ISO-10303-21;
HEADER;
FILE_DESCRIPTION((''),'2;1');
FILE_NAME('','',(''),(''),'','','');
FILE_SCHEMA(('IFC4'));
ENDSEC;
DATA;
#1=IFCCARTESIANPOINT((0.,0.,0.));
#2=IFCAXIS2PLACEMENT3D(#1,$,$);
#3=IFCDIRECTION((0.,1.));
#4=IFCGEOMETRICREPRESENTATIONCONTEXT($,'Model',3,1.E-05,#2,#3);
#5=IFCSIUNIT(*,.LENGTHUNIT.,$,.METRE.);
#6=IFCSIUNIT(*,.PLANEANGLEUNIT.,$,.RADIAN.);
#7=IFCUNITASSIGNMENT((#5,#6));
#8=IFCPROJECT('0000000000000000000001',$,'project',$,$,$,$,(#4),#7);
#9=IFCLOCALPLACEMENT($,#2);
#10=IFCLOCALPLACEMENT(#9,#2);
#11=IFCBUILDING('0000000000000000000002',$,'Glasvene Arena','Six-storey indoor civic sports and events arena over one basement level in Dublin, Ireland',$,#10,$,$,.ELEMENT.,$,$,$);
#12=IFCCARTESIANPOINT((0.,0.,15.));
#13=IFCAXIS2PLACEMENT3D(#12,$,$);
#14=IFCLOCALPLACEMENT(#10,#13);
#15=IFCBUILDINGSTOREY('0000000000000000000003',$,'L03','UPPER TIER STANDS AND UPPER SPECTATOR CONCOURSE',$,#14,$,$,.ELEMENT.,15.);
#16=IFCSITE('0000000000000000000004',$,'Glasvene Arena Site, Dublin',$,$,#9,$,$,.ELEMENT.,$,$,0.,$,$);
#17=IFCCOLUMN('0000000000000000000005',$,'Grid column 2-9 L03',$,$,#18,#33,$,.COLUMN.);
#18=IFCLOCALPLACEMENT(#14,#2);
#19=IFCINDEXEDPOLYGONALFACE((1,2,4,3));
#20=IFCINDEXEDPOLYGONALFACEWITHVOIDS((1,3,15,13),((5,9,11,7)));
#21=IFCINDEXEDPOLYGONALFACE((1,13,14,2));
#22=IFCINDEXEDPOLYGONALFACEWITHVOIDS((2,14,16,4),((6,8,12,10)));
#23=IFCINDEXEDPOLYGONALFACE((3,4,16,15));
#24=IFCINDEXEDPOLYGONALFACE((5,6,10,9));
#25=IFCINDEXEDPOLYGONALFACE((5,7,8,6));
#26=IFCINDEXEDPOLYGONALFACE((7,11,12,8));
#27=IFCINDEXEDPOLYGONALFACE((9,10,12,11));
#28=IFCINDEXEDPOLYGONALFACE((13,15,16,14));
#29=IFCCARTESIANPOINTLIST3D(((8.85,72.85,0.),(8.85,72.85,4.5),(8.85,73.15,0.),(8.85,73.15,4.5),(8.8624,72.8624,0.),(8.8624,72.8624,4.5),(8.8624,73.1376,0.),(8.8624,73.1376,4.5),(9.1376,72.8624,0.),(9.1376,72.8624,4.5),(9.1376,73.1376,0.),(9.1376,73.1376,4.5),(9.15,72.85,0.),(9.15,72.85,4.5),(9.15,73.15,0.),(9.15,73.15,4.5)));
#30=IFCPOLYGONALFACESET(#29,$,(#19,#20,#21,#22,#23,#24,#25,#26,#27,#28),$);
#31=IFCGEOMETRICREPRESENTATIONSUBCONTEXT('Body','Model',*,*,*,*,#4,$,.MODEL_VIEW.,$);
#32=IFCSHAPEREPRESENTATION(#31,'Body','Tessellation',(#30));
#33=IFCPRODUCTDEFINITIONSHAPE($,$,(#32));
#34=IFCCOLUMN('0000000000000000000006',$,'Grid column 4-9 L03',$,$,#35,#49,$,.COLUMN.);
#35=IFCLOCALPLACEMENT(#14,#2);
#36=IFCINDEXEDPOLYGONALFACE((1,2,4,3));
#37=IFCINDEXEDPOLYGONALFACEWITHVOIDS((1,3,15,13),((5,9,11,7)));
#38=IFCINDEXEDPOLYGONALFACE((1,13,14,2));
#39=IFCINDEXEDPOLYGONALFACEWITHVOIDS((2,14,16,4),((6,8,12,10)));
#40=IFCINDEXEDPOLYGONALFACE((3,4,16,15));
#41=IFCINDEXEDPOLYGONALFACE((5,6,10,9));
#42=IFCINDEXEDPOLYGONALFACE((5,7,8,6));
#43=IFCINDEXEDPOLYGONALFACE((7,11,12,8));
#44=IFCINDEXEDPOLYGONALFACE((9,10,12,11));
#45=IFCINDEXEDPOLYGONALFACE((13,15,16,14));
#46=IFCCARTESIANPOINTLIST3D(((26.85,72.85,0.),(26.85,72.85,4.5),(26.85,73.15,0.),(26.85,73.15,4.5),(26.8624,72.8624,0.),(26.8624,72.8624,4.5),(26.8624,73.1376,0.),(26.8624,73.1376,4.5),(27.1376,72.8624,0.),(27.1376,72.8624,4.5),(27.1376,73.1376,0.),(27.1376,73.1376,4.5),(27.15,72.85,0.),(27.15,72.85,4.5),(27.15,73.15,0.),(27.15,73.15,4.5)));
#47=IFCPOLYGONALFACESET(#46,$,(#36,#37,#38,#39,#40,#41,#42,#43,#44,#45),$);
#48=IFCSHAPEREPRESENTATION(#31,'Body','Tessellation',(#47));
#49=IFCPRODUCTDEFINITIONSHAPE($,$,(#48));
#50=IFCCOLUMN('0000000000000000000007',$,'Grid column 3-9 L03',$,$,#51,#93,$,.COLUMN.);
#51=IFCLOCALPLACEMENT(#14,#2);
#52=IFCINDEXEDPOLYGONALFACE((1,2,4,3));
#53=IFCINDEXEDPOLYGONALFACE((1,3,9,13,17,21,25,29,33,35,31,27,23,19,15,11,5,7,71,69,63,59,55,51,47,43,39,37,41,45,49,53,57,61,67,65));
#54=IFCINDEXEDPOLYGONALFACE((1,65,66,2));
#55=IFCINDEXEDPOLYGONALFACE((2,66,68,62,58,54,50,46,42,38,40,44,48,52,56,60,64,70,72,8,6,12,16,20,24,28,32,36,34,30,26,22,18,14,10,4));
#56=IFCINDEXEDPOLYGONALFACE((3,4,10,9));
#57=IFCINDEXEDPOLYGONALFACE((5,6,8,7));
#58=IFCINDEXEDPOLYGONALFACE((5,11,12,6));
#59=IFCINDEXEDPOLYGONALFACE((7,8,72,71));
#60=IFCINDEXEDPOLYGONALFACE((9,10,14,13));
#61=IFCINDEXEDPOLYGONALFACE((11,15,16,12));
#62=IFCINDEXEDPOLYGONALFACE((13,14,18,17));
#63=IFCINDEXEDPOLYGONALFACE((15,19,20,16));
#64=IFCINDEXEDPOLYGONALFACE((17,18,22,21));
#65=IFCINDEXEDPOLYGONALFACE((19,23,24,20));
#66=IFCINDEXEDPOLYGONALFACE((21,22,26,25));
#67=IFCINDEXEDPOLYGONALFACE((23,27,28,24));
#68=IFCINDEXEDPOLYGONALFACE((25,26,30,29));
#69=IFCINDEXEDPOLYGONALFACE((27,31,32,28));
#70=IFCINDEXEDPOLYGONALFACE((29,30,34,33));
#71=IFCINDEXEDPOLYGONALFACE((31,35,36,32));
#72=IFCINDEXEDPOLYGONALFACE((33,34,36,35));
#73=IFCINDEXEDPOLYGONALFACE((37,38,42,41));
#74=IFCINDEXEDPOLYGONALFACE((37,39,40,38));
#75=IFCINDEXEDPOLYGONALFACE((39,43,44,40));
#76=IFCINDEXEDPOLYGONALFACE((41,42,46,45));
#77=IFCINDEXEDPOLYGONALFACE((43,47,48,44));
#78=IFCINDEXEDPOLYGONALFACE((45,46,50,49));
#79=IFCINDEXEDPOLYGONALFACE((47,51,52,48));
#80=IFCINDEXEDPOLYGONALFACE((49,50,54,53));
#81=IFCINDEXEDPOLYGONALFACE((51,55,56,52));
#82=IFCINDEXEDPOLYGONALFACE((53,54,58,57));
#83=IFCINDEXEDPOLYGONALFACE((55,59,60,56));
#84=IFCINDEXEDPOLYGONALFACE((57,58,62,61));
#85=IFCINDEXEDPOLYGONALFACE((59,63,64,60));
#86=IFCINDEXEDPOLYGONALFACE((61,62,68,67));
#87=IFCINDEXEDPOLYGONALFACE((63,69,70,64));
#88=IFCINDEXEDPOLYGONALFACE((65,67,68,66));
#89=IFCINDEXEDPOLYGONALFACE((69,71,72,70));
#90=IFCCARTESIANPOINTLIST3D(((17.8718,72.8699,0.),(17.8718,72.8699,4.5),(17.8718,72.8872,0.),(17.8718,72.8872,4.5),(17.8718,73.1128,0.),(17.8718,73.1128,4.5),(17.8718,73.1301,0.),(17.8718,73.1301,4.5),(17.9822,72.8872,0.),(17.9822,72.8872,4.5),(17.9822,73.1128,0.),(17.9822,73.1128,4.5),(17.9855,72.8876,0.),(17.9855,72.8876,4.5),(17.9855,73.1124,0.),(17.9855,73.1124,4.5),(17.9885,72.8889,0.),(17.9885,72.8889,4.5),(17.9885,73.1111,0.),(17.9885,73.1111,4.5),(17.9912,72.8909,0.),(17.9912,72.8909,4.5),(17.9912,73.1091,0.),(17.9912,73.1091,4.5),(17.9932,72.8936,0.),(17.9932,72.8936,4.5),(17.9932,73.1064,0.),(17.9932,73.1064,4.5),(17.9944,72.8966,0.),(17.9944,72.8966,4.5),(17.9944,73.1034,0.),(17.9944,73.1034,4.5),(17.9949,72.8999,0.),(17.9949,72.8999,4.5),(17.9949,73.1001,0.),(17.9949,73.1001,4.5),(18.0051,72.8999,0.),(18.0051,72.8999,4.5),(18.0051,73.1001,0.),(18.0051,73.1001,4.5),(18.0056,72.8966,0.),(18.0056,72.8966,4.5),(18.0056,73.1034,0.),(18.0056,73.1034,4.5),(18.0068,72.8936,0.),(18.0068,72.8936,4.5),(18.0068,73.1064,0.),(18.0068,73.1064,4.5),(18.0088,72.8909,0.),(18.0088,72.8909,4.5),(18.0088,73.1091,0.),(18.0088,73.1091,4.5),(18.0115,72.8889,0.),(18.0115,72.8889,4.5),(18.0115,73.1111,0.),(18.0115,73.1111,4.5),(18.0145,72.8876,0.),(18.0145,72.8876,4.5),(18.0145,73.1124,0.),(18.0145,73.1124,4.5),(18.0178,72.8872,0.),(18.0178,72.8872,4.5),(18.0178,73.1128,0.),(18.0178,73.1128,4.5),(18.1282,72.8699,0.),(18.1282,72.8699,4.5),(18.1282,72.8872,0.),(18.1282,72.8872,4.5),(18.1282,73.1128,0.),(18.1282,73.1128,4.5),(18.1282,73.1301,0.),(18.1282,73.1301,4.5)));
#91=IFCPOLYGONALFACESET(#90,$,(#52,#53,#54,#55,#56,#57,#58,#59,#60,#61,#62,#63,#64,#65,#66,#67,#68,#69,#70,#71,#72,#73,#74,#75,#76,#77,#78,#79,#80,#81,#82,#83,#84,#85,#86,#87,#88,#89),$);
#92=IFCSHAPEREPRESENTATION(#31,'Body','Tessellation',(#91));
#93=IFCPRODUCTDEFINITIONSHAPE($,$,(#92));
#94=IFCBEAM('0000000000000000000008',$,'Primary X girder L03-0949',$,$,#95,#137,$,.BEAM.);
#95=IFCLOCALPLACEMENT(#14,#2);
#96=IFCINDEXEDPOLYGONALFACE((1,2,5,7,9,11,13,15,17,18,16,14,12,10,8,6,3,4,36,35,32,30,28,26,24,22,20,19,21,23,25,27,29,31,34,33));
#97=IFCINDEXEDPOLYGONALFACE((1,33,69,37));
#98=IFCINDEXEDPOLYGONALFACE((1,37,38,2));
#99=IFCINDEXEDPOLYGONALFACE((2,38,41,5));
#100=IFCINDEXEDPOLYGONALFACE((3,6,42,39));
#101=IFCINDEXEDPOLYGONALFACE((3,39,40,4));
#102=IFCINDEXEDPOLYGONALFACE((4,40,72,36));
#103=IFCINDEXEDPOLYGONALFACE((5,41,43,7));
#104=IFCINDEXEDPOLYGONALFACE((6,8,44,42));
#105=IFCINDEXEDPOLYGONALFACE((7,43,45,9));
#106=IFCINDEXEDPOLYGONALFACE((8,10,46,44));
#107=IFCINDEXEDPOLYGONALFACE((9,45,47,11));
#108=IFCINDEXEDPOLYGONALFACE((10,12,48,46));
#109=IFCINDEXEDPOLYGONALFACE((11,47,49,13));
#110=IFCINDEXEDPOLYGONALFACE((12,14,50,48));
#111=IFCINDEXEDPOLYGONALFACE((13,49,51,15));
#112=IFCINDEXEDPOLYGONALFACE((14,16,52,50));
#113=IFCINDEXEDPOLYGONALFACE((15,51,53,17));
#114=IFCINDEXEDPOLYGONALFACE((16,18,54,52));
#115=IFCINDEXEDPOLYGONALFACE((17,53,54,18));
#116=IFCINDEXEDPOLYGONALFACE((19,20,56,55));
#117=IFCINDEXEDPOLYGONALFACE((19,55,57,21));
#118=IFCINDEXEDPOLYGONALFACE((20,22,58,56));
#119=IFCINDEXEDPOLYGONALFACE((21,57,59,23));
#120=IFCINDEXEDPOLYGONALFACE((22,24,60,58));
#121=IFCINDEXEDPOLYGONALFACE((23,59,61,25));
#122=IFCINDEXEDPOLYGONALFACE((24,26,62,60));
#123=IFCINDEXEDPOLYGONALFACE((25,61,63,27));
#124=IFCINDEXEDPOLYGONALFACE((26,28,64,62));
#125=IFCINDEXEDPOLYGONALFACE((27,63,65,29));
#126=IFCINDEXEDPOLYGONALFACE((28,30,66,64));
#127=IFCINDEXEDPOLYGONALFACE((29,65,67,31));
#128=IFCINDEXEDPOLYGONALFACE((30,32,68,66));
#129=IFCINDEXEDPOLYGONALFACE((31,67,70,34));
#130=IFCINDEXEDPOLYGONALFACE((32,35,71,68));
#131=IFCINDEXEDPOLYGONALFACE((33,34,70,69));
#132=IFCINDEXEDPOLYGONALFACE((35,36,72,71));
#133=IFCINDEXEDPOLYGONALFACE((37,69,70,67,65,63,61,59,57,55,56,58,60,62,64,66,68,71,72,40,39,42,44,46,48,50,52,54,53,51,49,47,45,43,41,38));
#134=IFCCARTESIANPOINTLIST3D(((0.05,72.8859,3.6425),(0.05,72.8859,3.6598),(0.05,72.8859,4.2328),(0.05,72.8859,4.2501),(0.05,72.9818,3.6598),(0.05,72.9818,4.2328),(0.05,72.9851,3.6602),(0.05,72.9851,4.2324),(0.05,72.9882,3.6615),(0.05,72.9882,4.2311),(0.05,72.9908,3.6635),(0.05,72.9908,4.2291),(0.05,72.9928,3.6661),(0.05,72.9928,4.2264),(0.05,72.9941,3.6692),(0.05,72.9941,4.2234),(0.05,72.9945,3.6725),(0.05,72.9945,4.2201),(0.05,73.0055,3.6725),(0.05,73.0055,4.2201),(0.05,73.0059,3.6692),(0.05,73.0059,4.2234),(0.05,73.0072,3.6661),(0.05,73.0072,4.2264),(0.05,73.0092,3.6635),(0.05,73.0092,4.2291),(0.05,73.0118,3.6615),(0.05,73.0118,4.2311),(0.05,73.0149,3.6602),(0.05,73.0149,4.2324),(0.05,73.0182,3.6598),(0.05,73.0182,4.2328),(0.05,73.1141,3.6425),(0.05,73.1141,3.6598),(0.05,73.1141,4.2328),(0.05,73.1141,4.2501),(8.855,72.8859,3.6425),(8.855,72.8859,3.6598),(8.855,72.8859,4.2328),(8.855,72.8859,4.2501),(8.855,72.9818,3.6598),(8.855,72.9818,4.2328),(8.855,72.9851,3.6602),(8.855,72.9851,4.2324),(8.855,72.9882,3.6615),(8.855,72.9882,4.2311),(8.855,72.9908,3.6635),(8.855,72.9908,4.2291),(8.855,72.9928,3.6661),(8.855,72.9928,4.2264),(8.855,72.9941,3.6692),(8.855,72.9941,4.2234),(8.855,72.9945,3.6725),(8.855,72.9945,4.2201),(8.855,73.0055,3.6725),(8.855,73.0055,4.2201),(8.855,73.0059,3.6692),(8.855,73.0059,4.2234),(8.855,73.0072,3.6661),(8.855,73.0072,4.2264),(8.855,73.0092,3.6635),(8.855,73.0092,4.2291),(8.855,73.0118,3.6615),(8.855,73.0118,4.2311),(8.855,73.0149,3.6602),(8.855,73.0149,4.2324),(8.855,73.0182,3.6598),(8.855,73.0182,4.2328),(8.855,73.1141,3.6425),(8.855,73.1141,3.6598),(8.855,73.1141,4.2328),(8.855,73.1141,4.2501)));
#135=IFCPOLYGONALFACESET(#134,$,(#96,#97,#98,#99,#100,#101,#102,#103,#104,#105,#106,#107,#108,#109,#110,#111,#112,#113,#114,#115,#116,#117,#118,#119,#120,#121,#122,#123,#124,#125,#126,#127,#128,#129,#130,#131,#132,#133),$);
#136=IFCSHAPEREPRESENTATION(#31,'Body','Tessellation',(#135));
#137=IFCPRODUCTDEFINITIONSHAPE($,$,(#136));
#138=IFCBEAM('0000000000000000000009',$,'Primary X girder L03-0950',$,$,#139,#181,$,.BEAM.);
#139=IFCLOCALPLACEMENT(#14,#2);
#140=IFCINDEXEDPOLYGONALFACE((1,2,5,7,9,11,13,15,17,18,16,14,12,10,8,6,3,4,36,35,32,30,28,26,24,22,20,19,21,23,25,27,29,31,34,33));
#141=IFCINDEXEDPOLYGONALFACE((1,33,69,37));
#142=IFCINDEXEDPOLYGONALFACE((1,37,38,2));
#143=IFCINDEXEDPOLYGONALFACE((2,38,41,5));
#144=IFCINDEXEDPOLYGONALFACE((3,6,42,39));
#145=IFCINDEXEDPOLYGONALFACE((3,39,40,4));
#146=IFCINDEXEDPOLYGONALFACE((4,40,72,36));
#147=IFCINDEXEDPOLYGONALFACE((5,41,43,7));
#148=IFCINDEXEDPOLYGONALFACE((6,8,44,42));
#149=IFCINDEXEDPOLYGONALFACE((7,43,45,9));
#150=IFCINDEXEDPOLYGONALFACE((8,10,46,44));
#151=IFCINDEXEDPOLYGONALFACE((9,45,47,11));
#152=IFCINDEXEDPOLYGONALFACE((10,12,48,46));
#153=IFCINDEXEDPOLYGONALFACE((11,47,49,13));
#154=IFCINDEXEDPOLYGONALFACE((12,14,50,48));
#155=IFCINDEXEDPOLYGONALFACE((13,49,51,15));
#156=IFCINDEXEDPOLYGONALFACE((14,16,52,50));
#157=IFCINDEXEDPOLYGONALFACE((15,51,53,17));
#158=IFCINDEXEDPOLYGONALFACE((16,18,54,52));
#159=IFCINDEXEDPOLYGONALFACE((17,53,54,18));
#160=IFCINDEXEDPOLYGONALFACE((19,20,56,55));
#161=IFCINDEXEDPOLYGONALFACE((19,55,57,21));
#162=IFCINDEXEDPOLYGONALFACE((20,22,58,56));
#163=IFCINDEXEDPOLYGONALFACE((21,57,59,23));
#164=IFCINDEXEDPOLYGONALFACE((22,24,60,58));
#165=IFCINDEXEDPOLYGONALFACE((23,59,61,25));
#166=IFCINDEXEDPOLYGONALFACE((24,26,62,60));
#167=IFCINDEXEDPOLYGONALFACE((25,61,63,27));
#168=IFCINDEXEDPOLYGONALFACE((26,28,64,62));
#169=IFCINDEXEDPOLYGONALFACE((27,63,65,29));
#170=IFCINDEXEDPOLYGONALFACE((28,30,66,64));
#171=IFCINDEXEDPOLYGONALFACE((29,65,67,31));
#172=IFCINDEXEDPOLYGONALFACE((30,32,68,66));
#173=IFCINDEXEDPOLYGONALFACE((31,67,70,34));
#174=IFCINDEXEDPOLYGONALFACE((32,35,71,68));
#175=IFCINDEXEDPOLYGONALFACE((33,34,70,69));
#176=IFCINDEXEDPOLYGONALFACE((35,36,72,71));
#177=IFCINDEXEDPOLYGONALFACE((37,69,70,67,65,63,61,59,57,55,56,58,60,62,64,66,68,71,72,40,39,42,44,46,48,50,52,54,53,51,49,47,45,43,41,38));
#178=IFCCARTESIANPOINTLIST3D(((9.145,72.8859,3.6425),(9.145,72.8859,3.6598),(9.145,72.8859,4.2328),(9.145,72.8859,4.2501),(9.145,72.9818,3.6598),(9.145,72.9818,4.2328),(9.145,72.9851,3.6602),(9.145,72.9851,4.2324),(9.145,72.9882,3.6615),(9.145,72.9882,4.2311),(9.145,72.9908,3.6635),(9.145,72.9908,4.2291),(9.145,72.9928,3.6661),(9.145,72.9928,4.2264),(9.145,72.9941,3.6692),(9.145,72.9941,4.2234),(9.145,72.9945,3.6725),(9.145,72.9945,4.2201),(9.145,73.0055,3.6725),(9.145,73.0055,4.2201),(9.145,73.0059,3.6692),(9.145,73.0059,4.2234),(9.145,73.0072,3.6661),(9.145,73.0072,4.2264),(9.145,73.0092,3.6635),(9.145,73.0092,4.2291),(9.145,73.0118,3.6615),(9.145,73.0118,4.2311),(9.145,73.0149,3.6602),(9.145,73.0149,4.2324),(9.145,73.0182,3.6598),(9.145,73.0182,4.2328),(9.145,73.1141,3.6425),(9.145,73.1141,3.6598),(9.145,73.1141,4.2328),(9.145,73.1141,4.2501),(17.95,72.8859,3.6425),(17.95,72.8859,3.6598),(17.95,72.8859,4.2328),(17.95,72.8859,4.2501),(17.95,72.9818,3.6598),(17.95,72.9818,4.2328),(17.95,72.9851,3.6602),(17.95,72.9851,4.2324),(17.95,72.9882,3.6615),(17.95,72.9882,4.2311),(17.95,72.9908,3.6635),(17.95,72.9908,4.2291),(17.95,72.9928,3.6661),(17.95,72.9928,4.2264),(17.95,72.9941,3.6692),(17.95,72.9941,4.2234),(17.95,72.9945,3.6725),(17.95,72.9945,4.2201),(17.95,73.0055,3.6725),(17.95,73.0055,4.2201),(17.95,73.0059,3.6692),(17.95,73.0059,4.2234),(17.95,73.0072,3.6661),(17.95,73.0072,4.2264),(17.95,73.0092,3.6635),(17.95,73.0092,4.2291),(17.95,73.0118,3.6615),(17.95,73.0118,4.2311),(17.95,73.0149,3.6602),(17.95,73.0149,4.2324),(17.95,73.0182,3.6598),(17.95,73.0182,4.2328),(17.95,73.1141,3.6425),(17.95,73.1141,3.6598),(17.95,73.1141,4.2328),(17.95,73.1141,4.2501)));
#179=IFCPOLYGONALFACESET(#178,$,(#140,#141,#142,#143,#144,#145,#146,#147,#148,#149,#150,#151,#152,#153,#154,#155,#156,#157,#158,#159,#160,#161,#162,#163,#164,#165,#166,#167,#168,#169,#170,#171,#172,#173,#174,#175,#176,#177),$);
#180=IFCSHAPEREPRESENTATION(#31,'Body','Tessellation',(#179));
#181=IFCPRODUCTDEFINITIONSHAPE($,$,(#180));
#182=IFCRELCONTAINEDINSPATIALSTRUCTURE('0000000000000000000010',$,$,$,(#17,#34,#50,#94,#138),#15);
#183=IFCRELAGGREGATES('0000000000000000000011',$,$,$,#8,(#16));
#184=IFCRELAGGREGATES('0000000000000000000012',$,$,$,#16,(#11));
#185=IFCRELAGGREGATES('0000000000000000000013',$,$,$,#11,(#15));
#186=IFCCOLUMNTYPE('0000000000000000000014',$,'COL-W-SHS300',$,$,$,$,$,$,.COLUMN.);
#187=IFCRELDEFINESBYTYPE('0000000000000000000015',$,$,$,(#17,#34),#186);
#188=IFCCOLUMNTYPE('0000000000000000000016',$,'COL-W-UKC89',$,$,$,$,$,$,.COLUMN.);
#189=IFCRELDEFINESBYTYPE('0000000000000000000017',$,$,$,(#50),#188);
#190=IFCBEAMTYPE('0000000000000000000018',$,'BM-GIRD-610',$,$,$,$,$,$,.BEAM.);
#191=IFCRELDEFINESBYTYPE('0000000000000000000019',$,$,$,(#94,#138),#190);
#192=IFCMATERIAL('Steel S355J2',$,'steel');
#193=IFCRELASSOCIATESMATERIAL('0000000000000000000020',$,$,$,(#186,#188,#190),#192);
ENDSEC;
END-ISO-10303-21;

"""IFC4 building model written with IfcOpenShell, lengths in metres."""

from ifc_helpers import new_model, si_unit, direction, frame, origin, origin_2d, place, context, subcontext, project, spatial, hollow_rectangle, i_section, extrude, material, material_profile, profile_set, type_object, element, save


model = new_model("IFC4")

# Units and contexts
model_context = context("Model", 3, precision=1e-05, world=origin(), true_north=direction((0.0, 1.0)))
body_context = subcontext(model_context, "Body", "Model", "MODEL_VIEW")
ifc_project = project(units=[si_unit("LENGTHUNIT", "METRE"), si_unit("PLANEANGLEUNIT", "RADIAN")], contexts=[model_context])

# Site, building, storey
site_placement = place(None, origin())
site = spatial("IfcSite", under=ifc_project, at=site_placement, Name="Glasvene Arena Site, Dublin", CompositionType="ELEMENT", RefElevation=0.0)
building_placement = place(site_placement, origin())
building = spatial("IfcBuilding", under=site, at=building_placement, Name="Glasvene Arena", Description="Six-storey indoor civic sports and events arena over one basement level in Dublin, Ireland", CompositionType="ELEMENT")
storey_placement = place(building_placement, frame((0.0, 0.0, 15.0)))
storey = spatial("IfcBuildingStorey", under=building, at=storey_placement, Name="L03", Description="UPPER TIER STANDS AND UPPER SPECTATOR CONCOURSE", CompositionType="ELEMENT", Elevation=15.0)

# Columns
ifc_material_1 = material(Name="Steel S355J2", Category="steel")
ifc_material_profile_1 = material_profile(ifc_material_1, hollow_rectangle(XDim=0.3, YDim=0.3, WallThickness=0.0125, at=origin_2d()), Name="SHS 300x300x12.5")
ifc_profile_set_1 = profile_set([ifc_material_profile_1], Name="Steel S355J2")
column_type_1 = type_object("IfcColumnType", Name="COL-W-SHS300", PredefinedType="COLUMN", material=ifc_profile_set_1)
for number, where, z_axis, x_axis, name in (
    (1, (9.0, 73.0, 0.0), (0.0, 0.0, 1.0), (1.0, 0.0, 0.0), "Grid column 2-9 L03"),
    (2, (27.0, 73.0, 0.0), (0.0, 0.0, 1.0), (1.0, 0.0, 0.0), "Grid column 4-9 L03"),
):
    element("IfcColumn", number, at=place(storey_placement, frame(where, z_axis=z_axis, x_axis=x_axis)), inside=storey, type_object=column_type_1, Name=name, PredefinedType="COLUMN", context=body_context, shape_type="SweptSolid", body=[
        extrude(hollow_rectangle(XDim=0.3, YDim=0.3, WallThickness=0.0125, at=origin_2d()), origin(), (0.0, 0.0, 1.0), 4.5),
    ])
ifc_material_profile_2 = material_profile(ifc_material_1, i_section(OverallWidth=0.2563, OverallDepth=0.2603, WebThickness=0.0103, FlangeThickness=0.0173, FilletRadius=0.0127, at=origin_2d()), Name="UKC 254x254x89")
ifc_profile_set_2 = profile_set([ifc_material_profile_2], Name="Steel S355J2")
column_type_2 = type_object("IfcColumnType", Name="COL-W-UKC89", PredefinedType="COLUMN", material=ifc_profile_set_2)
column_placement = place(storey_placement, frame((18.0, 73.0, 0.0), z_axis=(0.0, 0.0, 1.0), x_axis=(1.0, 0.0, 0.0)))
element("IfcColumn", 3, at=column_placement, inside=storey, type_object=column_type_2, Name="Grid column 3-9 L03", PredefinedType="COLUMN", context=body_context, shape_type="SweptSolid", body=[
    extrude(i_section(OverallWidth=0.2563, OverallDepth=0.2603, WebThickness=0.0103, FlangeThickness=0.0173, FilletRadius=0.0127, at=origin_2d()), origin(), (0.0, 0.0, 1.0), 4.5),
])

# Beams
ifc_material_profile_3 = material_profile(ifc_material_1, i_section(OverallWidth=0.2283, OverallDepth=0.6077, WebThickness=0.011, FlangeThickness=0.0173, FilletRadius=0.0127, at=origin_2d()), Name="UKB 610x229x113")
ifc_profile_set_3 = profile_set([ifc_material_profile_3], Name="Steel S355J2")
beam_type_1 = type_object("IfcBeamType", Name="BM-GIRD-610", PredefinedType="BEAM", material=ifc_profile_set_3)
for number, where, z_axis, x_axis, name in (
    (4, (0.05, 73.0, 3.9463), (1.0, 0.0, 0.0), (0.0, 1.0, 0.0), "Primary X girder L03-0949"),
    (5, (9.145, 73.0, 3.9463), (1.0, 0.0, 0.0), (0.0, 1.0, 0.0), "Primary X girder L03-0950"),
):
    element("IfcBeam", number, at=place(storey_placement, frame(where, z_axis=z_axis, x_axis=x_axis)), inside=storey, type_object=beam_type_1, Name=name, PredefinedType="BEAM", context=body_context, shape_type="SweptSolid", body=[
        extrude(i_section(OverallWidth=0.2283, OverallDepth=0.6077, WebThickness=0.011, FlangeThickness=0.0173, FilletRadius=0.0127, at=origin_2d()), origin(), (0.0, 0.0, 1.0), 8.8049),
    ])

save(model, "model.ifc")
